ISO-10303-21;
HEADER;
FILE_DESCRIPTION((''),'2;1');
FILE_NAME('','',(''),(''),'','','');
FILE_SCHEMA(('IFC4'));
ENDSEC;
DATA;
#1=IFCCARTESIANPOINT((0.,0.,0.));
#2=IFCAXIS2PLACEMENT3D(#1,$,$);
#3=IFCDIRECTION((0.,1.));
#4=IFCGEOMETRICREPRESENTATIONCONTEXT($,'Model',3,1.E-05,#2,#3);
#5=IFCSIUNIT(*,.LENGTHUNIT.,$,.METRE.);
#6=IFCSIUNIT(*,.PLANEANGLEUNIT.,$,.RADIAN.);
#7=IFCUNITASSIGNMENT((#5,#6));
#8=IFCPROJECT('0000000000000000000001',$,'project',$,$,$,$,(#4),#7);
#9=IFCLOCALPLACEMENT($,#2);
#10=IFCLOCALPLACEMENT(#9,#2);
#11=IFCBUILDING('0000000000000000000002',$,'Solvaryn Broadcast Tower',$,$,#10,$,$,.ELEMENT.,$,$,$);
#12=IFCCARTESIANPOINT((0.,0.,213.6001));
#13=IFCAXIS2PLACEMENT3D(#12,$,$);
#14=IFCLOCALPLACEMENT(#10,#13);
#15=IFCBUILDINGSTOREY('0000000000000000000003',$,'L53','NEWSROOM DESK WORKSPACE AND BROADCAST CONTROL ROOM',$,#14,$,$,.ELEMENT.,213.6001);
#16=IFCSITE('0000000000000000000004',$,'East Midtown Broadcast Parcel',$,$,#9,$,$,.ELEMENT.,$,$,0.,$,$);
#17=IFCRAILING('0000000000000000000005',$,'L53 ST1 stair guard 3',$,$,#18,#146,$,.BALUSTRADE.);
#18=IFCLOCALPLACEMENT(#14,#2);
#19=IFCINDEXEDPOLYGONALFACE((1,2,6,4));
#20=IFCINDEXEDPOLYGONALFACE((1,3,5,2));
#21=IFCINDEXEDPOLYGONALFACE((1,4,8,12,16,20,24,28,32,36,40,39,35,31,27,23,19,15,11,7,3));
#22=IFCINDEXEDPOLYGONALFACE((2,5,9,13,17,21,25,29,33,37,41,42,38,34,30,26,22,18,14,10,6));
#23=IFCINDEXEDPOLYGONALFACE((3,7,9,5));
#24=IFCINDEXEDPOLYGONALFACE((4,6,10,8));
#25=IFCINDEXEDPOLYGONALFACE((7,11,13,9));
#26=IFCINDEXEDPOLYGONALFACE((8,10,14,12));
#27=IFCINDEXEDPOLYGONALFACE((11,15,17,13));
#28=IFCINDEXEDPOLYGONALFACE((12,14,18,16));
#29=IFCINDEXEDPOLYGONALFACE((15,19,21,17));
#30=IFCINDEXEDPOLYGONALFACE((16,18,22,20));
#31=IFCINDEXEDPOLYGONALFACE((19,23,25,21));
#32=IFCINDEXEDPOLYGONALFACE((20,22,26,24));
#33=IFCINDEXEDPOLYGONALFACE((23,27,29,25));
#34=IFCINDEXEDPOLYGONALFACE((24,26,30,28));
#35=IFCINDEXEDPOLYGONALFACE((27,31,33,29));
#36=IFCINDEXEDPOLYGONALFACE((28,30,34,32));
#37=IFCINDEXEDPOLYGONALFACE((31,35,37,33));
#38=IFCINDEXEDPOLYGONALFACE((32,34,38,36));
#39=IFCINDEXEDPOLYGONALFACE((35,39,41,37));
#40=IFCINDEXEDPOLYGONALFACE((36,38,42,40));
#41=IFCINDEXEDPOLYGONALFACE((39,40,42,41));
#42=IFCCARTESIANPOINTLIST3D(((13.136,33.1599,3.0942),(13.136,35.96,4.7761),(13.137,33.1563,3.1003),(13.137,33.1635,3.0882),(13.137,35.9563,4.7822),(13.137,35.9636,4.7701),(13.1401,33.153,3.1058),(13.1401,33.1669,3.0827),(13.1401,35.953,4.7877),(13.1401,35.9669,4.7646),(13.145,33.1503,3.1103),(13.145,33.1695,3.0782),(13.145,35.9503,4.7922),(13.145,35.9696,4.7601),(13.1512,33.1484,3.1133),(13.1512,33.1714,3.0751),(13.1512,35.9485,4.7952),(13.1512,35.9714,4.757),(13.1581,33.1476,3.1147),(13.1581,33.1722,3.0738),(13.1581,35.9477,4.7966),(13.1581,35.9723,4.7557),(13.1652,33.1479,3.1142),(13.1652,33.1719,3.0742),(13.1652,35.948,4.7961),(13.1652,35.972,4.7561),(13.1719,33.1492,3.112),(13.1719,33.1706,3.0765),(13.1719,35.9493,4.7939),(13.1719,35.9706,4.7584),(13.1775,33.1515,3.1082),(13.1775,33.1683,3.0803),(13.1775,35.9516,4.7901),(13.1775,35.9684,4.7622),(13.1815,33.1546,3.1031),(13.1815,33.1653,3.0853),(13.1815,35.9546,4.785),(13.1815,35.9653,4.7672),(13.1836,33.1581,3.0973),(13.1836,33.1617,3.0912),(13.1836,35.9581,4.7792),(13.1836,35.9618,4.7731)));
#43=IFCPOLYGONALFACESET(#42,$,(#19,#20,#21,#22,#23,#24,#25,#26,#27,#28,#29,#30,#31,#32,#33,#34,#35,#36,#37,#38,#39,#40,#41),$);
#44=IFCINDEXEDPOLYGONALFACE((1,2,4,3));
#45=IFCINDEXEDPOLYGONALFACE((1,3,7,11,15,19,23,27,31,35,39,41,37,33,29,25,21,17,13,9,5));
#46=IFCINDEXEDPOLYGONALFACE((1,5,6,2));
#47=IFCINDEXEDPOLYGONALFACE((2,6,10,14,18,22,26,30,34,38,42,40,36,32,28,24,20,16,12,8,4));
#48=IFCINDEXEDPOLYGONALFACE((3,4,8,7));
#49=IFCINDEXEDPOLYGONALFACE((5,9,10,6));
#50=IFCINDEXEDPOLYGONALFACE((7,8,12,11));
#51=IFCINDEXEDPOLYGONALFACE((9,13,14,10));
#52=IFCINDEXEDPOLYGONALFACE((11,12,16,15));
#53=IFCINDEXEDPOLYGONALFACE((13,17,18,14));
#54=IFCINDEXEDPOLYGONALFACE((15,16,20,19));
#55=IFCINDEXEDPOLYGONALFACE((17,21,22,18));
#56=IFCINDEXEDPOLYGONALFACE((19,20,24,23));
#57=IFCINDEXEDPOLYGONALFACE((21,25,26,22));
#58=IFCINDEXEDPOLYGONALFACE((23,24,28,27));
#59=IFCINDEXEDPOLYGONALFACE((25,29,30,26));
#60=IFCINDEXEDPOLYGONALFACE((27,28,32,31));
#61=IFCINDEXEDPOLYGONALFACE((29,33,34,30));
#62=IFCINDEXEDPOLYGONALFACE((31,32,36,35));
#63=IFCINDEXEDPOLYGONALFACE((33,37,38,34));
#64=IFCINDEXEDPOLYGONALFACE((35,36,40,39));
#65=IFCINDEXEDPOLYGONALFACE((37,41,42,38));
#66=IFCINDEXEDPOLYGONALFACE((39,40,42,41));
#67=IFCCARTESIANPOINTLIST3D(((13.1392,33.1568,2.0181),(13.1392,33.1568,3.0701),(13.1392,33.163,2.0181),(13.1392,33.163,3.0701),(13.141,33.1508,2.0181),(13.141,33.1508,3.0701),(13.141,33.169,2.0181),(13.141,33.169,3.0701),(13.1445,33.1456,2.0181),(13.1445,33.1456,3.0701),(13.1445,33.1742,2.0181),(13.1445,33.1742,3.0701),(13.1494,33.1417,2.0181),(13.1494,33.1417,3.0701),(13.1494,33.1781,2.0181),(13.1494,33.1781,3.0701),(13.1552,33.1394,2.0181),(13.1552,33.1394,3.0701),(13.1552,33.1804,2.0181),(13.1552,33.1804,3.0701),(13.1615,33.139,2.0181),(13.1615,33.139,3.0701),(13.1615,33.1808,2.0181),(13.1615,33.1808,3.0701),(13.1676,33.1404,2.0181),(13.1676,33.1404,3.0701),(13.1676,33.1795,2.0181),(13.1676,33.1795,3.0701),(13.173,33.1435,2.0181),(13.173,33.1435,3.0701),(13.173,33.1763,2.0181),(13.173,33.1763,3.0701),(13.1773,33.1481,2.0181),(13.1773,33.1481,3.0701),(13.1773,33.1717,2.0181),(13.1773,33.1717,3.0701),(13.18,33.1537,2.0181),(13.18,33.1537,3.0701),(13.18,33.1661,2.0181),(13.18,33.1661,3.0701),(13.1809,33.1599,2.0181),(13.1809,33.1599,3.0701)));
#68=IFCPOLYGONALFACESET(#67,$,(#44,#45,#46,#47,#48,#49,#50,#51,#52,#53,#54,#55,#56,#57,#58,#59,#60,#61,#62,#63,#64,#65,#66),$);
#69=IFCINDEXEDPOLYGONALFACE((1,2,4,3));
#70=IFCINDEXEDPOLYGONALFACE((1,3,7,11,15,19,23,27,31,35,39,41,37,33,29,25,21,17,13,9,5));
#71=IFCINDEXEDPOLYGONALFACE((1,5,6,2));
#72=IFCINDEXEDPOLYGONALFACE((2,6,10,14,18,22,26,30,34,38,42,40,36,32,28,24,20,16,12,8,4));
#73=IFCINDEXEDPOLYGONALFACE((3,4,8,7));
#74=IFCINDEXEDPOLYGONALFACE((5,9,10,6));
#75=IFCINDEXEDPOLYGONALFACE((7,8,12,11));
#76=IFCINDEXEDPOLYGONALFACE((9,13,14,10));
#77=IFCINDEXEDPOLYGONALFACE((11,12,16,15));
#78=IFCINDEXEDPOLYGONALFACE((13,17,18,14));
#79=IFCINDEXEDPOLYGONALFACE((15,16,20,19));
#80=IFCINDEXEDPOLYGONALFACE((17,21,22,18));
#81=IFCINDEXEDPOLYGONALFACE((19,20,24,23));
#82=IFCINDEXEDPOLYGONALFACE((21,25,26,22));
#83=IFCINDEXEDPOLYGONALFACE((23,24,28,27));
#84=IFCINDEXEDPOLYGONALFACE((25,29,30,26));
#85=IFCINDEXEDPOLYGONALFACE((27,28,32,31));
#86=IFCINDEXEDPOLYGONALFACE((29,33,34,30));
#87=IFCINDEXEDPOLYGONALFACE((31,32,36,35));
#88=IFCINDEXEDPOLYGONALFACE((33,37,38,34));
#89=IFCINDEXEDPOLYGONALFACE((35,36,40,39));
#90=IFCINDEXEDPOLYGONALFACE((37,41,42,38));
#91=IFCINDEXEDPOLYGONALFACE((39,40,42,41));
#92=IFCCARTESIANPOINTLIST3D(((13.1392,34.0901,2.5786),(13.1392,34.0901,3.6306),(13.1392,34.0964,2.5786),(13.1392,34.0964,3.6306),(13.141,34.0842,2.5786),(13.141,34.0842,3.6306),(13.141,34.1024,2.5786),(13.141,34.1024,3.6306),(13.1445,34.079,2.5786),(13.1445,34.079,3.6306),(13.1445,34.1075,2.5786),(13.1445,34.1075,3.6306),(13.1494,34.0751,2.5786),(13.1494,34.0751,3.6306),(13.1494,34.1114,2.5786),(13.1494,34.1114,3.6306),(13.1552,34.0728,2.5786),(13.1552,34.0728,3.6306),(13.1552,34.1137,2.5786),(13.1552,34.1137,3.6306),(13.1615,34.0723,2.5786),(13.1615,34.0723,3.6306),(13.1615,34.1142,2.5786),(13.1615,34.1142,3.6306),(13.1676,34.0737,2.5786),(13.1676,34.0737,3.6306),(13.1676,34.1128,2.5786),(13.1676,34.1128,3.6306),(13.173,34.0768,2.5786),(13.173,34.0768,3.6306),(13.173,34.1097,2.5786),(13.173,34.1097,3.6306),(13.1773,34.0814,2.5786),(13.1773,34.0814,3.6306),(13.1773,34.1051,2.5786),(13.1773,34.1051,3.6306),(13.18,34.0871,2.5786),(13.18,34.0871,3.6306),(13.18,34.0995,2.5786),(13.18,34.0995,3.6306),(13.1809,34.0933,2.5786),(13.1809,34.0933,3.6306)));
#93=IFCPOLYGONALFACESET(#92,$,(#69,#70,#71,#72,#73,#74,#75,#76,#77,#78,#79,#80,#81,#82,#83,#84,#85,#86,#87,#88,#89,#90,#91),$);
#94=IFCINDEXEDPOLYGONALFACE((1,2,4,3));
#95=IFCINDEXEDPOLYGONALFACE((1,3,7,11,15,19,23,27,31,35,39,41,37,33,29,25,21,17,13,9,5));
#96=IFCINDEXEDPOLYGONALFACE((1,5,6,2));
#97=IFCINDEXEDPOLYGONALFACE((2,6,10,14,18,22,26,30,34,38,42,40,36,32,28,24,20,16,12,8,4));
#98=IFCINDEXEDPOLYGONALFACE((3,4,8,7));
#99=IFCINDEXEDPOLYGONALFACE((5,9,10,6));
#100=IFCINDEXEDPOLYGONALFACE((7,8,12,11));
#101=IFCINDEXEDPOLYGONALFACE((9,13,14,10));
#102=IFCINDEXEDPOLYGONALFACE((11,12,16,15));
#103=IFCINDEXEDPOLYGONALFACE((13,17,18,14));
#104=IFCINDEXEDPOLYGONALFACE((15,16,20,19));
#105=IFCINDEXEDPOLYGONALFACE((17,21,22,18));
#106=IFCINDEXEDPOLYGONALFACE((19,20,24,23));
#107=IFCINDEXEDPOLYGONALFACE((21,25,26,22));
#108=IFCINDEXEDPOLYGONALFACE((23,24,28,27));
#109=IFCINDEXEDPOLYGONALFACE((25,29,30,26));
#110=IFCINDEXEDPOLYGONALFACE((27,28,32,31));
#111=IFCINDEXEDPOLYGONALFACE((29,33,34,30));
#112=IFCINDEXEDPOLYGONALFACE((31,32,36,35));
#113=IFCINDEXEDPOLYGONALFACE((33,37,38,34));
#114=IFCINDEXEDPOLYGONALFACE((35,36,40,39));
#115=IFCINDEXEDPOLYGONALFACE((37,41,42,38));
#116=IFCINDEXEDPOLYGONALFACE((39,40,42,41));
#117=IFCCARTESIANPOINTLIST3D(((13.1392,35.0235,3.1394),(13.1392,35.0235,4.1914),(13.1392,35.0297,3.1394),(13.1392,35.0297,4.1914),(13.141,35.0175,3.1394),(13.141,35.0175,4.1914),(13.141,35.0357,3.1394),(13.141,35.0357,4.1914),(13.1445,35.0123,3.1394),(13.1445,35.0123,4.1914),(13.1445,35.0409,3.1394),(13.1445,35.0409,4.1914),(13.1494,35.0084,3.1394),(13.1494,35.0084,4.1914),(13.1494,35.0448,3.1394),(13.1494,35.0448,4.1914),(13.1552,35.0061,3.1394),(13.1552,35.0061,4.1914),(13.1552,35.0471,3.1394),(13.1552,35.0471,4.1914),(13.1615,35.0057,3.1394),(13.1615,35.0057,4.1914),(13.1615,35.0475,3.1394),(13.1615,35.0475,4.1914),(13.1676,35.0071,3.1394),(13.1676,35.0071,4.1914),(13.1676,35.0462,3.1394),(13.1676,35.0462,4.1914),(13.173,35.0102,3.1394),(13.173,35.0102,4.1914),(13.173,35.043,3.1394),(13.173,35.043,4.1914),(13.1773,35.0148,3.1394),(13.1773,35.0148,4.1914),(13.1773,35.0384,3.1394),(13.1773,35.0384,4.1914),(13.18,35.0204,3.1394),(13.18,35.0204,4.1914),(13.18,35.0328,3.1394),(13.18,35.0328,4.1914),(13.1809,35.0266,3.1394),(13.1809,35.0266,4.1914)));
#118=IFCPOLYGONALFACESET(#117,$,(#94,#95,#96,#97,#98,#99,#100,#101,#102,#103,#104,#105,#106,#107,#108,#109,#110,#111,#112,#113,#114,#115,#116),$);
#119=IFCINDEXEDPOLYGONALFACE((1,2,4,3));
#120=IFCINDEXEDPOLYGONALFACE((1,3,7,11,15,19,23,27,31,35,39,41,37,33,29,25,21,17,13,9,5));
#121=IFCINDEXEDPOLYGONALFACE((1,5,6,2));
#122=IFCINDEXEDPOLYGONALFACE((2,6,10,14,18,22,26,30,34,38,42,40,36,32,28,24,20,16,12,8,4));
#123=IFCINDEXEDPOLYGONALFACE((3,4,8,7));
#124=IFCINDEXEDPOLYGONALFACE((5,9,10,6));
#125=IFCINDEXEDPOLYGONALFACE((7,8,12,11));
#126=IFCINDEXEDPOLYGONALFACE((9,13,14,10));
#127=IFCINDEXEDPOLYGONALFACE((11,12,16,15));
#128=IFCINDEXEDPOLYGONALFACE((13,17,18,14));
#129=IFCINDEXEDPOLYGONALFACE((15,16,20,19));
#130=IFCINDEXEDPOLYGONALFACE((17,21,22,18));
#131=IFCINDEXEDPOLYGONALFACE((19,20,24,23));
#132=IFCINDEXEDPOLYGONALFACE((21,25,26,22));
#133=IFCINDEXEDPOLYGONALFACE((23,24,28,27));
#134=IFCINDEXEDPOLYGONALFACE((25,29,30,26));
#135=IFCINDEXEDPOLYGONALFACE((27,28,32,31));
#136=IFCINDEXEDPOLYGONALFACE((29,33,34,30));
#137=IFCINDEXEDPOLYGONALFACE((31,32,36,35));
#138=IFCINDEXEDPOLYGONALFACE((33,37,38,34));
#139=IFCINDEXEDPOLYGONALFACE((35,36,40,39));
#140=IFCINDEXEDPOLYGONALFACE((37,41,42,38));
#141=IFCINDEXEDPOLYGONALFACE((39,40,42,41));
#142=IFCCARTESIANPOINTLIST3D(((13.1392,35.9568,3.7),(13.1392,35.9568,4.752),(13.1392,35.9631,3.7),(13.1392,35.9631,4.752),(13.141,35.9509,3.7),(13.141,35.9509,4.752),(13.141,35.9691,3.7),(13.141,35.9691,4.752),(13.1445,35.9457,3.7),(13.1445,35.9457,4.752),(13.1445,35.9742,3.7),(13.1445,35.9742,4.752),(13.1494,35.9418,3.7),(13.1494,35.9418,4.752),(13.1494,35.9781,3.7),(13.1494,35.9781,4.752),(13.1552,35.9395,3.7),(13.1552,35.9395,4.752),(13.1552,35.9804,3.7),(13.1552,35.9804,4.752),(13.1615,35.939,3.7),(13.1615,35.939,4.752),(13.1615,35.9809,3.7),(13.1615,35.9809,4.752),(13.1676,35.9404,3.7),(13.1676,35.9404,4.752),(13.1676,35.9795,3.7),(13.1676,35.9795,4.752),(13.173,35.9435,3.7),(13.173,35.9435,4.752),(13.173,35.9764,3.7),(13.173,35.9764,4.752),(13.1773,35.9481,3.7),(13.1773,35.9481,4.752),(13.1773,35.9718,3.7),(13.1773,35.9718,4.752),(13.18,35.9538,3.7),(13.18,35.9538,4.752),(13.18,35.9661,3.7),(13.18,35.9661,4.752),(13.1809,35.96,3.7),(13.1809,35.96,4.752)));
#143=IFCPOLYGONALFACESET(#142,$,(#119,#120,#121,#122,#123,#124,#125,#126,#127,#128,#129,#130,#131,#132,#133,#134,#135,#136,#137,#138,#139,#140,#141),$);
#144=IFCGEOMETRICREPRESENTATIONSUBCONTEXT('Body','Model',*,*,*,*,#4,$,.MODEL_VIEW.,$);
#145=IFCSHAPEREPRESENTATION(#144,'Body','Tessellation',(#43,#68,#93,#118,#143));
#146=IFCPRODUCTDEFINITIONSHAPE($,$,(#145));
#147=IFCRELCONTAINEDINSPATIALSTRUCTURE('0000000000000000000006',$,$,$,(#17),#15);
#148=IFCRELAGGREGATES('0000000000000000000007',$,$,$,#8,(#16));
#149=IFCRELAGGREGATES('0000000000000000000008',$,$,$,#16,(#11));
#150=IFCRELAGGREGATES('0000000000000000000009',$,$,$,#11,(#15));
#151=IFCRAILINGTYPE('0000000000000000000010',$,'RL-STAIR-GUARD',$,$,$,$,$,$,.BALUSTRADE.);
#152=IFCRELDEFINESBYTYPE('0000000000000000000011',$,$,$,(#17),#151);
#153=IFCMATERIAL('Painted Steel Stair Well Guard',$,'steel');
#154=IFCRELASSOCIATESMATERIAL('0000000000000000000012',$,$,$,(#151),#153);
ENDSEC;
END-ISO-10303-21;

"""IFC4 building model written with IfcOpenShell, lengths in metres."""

from ifc_helpers import new_model, si_unit, direction, frame, origin, origin_2d, place, context, subcontext, project, spatial, circle, extrude, material, type_object, element, save


model = new_model("IFC4")

# Units and contexts
model_context = context("Model", 3, precision=1e-05, world=origin(), true_north=direction((0.0, 1.0)))
body_context = subcontext(model_context, "Body", "Model", "MODEL_VIEW")
ifc_project = project(units=[si_unit("LENGTHUNIT", "METRE"), si_unit("PLANEANGLEUNIT", "RADIAN")], contexts=[model_context])

# Site, building, storey
site_placement = place(None, origin())
site = spatial("IfcSite", under=ifc_project, at=site_placement, Name="East Midtown Broadcast Parcel", CompositionType="ELEMENT", RefElevation=0.0)
building_placement = place(site_placement, origin())
building = spatial("IfcBuilding", under=site, at=building_placement, Name="Solvaryn Broadcast Tower", CompositionType="ELEMENT")
storey_placement = place(building_placement, frame((0.0, 0.0, 213.6001)))
storey = spatial("IfcBuildingStorey", under=building, at=storey_placement, Name="L53", Description="NEWSROOM DESK WORKSPACE AND BROADCAST CONTROL ROOM", CompositionType="ELEMENT", Elevation=213.6001)

# Railing
ifc_material_1 = material(Name="Painted Steel Stair Well Guard", Category="steel")
railing_type_1 = type_object("IfcRailingType", Name="RL-STAIR-GUARD", PredefinedType="BALUSTRADE", material=ifc_material_1)
railing_1_placement = place(storey_placement, frame((13.1599, 33.1599, 2.0181)))
element("IfcRailing", 1, at=railing_1_placement, inside=storey, type_object=railing_type_1, Name="L53 ST1 stair guard 3", PredefinedType="BALUSTRADE", context=body_context, shape_type="SweptSolid", body=[
    extrude(circle(Radius=0.0239, at=origin_2d()), frame((0.0, 0.0, 1.0762), z_axis=(0.0, 0.857242, 0.514913), x_axis=(-1.0, 0.0, 0.0)), (0.0, 0.0, 1.0), 3.2664),
    extrude(circle(Radius=0.021, at=origin_2d()), origin(), (0.0, 0.0, 1.0), 1.052),
    extrude(circle(Radius=0.021, at=origin_2d()), frame((0.0, 0.9333, 0.5605)), (0.0, 0.0, 1.0), 1.052),
    extrude(circle(Radius=0.021, at=origin_2d()), frame((0.0, 1.8667, 1.1213)), (0.0, 0.0, 1.0), 1.052),
    extrude(circle(Radius=0.021, at=origin_2d()), frame((0.0, 2.8, 1.6819)), (0.0, 0.0, 1.0), 1.052),
])

save(model, "model.ifc")
